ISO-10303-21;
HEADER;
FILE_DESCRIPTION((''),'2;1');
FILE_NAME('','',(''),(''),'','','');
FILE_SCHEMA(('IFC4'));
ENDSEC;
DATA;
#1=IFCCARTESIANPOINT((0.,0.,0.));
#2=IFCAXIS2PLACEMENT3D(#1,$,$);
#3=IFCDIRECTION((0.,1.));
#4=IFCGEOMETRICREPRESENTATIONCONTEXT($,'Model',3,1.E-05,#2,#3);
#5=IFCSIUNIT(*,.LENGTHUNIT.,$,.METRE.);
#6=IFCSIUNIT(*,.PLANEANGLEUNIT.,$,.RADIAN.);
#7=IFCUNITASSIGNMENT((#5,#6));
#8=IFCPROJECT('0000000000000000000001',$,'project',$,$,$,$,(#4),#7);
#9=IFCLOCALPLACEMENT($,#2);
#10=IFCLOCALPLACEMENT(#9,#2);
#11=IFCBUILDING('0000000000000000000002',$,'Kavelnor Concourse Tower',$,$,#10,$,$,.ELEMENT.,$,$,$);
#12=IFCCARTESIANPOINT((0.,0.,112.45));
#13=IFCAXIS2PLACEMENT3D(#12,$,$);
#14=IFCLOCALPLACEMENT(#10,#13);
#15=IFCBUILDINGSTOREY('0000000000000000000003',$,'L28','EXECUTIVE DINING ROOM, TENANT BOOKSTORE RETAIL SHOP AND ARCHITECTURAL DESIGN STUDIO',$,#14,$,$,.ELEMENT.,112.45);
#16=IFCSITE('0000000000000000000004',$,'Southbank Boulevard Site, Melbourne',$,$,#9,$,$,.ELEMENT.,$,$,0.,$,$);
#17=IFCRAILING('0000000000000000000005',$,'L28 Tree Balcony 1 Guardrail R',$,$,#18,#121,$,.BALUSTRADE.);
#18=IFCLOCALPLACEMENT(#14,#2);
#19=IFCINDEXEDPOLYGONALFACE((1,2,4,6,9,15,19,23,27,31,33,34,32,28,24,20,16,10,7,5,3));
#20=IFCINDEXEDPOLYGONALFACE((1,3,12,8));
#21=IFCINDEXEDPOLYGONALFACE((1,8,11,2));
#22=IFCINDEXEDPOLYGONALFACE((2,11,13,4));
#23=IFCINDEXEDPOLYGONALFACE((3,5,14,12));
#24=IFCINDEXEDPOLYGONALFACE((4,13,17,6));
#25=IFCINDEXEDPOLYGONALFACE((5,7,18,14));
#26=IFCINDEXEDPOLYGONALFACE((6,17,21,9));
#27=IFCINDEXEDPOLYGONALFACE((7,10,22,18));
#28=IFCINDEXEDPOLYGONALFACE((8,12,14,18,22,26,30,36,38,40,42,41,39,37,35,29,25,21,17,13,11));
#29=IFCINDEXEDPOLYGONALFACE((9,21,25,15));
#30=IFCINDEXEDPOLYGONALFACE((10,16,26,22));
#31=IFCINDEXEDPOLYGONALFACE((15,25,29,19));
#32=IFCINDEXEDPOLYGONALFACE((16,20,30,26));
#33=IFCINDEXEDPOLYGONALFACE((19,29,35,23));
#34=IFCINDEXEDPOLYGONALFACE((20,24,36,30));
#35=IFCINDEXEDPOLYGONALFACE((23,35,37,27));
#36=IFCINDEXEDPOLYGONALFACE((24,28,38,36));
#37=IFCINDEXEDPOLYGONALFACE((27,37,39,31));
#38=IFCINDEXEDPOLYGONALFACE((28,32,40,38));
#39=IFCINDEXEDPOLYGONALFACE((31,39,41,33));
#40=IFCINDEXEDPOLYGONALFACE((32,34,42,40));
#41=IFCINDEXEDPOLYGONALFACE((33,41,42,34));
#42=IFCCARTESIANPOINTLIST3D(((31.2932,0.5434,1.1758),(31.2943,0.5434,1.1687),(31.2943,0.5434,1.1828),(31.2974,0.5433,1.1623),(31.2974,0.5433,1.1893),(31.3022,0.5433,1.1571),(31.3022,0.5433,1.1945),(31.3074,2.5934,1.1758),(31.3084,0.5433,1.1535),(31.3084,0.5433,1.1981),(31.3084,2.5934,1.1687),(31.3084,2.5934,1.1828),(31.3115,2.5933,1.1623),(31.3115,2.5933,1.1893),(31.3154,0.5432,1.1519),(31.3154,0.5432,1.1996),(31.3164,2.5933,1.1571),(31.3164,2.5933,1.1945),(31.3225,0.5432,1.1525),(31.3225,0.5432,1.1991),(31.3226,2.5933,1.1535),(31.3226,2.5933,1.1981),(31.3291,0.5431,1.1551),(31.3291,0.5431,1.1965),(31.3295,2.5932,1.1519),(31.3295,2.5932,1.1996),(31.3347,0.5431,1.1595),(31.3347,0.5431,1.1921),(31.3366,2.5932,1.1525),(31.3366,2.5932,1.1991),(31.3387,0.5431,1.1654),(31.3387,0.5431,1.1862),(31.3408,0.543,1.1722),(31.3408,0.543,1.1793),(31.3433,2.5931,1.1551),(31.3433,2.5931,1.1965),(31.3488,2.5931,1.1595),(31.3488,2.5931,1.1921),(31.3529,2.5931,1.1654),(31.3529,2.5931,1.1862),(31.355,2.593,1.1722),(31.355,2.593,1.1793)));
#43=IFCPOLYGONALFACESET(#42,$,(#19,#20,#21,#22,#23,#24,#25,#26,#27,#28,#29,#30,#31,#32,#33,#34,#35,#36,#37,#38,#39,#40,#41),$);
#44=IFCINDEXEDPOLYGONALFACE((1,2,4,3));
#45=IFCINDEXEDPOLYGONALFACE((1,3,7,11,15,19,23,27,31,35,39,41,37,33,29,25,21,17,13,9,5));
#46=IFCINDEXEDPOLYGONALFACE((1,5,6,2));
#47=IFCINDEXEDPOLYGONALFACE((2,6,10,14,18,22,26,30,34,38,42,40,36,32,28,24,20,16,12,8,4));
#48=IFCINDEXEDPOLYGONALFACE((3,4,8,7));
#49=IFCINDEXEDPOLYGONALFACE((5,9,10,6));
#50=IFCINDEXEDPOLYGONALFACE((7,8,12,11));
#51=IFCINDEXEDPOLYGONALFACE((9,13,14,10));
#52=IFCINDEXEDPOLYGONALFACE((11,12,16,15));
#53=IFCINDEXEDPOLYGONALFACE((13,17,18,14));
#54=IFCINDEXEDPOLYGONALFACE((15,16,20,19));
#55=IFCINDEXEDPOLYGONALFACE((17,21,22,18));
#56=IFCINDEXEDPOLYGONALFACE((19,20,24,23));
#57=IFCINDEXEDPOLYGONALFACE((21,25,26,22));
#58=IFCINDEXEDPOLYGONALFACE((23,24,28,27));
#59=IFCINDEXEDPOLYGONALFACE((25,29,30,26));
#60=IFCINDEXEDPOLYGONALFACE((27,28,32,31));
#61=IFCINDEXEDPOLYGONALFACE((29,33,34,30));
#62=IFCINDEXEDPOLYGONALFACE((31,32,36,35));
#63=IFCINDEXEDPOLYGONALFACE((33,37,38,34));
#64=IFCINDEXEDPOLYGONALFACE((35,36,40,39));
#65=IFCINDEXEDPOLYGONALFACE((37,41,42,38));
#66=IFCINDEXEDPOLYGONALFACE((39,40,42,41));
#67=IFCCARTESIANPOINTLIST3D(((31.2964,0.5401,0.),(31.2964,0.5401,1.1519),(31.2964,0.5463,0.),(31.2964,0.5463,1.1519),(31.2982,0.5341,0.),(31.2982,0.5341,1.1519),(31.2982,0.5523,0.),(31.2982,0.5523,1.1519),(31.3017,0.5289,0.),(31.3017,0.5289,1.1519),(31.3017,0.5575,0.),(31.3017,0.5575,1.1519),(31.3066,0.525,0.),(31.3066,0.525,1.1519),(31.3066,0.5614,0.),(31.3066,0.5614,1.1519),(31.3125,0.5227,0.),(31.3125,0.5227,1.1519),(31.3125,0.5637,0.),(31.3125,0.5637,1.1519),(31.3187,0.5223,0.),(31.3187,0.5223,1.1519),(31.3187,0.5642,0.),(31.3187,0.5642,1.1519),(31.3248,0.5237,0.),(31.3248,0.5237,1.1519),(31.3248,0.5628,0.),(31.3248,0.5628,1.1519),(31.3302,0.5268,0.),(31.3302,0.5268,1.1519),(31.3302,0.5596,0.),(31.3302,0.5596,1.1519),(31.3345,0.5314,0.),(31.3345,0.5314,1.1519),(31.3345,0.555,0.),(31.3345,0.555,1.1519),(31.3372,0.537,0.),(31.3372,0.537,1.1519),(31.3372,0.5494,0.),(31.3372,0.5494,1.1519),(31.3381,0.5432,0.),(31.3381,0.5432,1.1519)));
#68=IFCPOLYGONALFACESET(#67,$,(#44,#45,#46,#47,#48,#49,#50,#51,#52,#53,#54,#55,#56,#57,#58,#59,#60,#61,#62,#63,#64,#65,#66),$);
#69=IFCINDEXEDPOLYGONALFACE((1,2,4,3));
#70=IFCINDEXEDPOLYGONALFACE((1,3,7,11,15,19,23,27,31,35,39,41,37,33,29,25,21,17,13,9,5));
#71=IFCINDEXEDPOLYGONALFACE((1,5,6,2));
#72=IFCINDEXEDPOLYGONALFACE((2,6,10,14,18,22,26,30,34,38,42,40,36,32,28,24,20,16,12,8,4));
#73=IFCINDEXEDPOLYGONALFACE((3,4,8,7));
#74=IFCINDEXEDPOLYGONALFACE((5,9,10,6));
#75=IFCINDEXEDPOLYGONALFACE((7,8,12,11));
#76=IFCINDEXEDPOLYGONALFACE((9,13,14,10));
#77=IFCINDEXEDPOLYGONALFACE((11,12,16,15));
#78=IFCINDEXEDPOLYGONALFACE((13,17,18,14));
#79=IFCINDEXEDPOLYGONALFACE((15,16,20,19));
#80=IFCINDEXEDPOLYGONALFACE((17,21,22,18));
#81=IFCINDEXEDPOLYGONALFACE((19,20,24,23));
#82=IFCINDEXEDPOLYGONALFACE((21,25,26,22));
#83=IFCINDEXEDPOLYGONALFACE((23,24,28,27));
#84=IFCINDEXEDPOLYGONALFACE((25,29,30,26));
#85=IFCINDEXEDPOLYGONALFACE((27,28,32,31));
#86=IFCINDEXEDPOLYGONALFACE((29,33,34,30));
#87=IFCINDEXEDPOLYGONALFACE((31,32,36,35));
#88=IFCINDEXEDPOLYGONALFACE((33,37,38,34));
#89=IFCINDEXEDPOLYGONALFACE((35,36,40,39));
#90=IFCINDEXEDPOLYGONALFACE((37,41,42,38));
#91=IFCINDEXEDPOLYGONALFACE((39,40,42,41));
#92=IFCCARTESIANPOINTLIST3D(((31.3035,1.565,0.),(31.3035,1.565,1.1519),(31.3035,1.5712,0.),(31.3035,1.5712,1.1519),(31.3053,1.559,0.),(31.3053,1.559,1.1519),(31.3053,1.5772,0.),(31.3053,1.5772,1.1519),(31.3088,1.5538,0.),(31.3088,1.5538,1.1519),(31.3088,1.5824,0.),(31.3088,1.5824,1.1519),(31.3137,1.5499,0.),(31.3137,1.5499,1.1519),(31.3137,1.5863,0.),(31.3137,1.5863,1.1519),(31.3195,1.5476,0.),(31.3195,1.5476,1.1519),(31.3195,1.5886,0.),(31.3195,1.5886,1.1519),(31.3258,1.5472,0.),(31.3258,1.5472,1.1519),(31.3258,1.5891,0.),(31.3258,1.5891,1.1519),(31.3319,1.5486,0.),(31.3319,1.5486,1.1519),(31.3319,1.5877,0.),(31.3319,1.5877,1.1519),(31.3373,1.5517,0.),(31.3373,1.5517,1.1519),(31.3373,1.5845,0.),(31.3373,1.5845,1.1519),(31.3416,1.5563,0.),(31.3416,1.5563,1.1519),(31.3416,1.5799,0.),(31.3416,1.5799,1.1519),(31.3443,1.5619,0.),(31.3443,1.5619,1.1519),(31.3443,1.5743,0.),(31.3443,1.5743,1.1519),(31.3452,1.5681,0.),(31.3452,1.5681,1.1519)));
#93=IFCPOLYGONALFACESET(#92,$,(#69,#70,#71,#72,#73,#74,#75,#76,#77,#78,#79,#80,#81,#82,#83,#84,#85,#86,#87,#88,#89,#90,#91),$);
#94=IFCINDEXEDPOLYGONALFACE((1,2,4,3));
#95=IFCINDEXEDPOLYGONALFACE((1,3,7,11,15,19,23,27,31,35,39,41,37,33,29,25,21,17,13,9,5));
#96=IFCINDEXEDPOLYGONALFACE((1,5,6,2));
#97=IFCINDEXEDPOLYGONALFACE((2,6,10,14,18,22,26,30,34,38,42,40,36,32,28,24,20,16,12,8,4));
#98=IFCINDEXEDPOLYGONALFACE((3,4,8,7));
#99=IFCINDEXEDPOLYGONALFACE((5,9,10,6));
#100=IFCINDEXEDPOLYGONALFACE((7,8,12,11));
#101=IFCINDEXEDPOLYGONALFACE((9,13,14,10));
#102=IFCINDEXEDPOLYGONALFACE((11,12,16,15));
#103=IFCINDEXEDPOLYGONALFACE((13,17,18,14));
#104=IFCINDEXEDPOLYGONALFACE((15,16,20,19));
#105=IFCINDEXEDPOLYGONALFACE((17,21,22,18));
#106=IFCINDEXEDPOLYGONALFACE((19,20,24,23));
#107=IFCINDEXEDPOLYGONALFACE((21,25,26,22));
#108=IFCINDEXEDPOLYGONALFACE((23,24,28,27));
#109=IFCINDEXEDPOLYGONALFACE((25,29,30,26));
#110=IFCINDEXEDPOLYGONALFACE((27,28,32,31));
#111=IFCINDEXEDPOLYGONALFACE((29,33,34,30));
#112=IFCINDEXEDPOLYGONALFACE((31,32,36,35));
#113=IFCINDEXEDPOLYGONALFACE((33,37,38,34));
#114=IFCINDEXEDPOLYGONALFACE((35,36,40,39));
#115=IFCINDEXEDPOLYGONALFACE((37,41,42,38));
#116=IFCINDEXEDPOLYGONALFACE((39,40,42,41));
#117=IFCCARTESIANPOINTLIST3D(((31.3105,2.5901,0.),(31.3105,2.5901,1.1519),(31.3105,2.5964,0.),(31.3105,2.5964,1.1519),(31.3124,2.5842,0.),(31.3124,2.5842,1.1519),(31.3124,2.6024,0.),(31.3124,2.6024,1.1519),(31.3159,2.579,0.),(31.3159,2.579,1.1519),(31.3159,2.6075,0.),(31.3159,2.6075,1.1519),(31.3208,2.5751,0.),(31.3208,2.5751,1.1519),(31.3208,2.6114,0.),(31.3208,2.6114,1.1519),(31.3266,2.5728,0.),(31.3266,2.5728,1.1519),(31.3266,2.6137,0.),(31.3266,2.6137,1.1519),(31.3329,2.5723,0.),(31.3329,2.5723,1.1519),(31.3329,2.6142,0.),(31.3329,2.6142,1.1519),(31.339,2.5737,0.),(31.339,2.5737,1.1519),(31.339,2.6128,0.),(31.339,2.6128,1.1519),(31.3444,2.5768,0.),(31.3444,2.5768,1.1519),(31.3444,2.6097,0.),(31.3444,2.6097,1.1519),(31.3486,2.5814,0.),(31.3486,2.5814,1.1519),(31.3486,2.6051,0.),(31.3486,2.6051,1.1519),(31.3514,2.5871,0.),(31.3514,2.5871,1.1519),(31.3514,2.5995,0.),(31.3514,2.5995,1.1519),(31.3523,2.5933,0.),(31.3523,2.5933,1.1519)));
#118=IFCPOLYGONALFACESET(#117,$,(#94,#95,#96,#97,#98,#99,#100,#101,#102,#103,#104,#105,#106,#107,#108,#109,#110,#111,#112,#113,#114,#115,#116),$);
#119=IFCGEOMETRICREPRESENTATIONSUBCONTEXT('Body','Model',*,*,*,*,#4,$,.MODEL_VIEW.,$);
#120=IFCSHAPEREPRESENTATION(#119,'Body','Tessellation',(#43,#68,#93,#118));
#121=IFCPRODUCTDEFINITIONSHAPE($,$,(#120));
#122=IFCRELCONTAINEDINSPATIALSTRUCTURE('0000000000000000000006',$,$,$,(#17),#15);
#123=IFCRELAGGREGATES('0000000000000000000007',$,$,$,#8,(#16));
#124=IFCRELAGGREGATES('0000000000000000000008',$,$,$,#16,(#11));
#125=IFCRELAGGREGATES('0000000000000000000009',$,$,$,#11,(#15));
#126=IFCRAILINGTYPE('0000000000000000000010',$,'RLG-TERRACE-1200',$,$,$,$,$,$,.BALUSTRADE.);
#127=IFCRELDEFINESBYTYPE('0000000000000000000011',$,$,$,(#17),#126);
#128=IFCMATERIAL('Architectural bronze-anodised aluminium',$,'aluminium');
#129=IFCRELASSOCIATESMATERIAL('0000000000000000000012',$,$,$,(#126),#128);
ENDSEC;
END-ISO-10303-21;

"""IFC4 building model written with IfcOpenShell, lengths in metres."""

from ifc_helpers import new_model, si_unit, direction, frame, origin, origin_2d, place, context, subcontext, project, spatial, circle, extrude, material, type_object, element, save


model = new_model("IFC4")

# Units and contexts
model_context = context("Model", 3, precision=1e-05, world=origin(), true_north=direction((0.0, 1.0)))
body_context = subcontext(model_context, "Body", "Model", "MODEL_VIEW")
ifc_project = project(units=[si_unit("LENGTHUNIT", "METRE"), si_unit("PLANEANGLEUNIT", "RADIAN")], contexts=[model_context])

# Site, building, storey
site_placement = place(None, origin())
site = spatial("IfcSite", under=ifc_project, at=site_placement, Name="Southbank Boulevard Site, Melbourne", CompositionType="ELEMENT", RefElevation=0.0)
building_placement = place(site_placement, origin())
building = spatial("IfcBuilding", under=site, at=building_placement, Name="Kavelnor Concourse Tower", CompositionType="ELEMENT")
storey_placement = place(building_placement, frame((0.0, 0.0, 112.45)))
storey = spatial("IfcBuildingStorey", under=building, at=storey_placement, Name="L28", Description="EXECUTIVE DINING ROOM, TENANT BOOKSTORE RETAIL SHOP AND ARCHITECTURAL DESIGN STUDIO", CompositionType="ELEMENT", Elevation=112.45)

# Railing
ifc_material_1 = material(Name="Architectural bronze-anodised aluminium", Category="aluminium")
railing_type_1 = type_object("IfcRailingType", Name="RLG-TERRACE-1200", PredefinedType="BALUSTRADE", material=ifc_material_1)
railing_1_placement = place(storey_placement, frame((31.3171, 0.5432, 0.0)))
element("IfcRailing", 1, at=railing_1_placement, inside=storey, type_object=railing_type_1, Name="L28 Tree Balcony 1 Guardrail R", PredefinedType="BALUSTRADE", context=body_context, shape_type="SweptSolid", body=[
    extrude(circle(Radius=0.0239, at=origin_2d()), frame((0.0, 0.0, 1.1758), z_axis=(0.006907, 0.999976, 0.0), x_axis=(-0.999976, 0.006907, 0.0)), (0.0, 0.0, 1.0), 2.05),
    extrude(circle(Radius=0.021, at=origin_2d()), origin(), (0.0, 0.0, 1.0), 1.1519),
    extrude(circle(Radius=0.021, at=origin_2d()), frame((0.0071, 1.0249, 0.0)), (0.0, 0.0, 1.0), 1.1519),
    extrude(circle(Radius=0.021, at=origin_2d()), frame((0.0142, 2.05, 0.0)), (0.0, 0.0, 1.0), 1.1519),
])

save(model, "model.ifc")
